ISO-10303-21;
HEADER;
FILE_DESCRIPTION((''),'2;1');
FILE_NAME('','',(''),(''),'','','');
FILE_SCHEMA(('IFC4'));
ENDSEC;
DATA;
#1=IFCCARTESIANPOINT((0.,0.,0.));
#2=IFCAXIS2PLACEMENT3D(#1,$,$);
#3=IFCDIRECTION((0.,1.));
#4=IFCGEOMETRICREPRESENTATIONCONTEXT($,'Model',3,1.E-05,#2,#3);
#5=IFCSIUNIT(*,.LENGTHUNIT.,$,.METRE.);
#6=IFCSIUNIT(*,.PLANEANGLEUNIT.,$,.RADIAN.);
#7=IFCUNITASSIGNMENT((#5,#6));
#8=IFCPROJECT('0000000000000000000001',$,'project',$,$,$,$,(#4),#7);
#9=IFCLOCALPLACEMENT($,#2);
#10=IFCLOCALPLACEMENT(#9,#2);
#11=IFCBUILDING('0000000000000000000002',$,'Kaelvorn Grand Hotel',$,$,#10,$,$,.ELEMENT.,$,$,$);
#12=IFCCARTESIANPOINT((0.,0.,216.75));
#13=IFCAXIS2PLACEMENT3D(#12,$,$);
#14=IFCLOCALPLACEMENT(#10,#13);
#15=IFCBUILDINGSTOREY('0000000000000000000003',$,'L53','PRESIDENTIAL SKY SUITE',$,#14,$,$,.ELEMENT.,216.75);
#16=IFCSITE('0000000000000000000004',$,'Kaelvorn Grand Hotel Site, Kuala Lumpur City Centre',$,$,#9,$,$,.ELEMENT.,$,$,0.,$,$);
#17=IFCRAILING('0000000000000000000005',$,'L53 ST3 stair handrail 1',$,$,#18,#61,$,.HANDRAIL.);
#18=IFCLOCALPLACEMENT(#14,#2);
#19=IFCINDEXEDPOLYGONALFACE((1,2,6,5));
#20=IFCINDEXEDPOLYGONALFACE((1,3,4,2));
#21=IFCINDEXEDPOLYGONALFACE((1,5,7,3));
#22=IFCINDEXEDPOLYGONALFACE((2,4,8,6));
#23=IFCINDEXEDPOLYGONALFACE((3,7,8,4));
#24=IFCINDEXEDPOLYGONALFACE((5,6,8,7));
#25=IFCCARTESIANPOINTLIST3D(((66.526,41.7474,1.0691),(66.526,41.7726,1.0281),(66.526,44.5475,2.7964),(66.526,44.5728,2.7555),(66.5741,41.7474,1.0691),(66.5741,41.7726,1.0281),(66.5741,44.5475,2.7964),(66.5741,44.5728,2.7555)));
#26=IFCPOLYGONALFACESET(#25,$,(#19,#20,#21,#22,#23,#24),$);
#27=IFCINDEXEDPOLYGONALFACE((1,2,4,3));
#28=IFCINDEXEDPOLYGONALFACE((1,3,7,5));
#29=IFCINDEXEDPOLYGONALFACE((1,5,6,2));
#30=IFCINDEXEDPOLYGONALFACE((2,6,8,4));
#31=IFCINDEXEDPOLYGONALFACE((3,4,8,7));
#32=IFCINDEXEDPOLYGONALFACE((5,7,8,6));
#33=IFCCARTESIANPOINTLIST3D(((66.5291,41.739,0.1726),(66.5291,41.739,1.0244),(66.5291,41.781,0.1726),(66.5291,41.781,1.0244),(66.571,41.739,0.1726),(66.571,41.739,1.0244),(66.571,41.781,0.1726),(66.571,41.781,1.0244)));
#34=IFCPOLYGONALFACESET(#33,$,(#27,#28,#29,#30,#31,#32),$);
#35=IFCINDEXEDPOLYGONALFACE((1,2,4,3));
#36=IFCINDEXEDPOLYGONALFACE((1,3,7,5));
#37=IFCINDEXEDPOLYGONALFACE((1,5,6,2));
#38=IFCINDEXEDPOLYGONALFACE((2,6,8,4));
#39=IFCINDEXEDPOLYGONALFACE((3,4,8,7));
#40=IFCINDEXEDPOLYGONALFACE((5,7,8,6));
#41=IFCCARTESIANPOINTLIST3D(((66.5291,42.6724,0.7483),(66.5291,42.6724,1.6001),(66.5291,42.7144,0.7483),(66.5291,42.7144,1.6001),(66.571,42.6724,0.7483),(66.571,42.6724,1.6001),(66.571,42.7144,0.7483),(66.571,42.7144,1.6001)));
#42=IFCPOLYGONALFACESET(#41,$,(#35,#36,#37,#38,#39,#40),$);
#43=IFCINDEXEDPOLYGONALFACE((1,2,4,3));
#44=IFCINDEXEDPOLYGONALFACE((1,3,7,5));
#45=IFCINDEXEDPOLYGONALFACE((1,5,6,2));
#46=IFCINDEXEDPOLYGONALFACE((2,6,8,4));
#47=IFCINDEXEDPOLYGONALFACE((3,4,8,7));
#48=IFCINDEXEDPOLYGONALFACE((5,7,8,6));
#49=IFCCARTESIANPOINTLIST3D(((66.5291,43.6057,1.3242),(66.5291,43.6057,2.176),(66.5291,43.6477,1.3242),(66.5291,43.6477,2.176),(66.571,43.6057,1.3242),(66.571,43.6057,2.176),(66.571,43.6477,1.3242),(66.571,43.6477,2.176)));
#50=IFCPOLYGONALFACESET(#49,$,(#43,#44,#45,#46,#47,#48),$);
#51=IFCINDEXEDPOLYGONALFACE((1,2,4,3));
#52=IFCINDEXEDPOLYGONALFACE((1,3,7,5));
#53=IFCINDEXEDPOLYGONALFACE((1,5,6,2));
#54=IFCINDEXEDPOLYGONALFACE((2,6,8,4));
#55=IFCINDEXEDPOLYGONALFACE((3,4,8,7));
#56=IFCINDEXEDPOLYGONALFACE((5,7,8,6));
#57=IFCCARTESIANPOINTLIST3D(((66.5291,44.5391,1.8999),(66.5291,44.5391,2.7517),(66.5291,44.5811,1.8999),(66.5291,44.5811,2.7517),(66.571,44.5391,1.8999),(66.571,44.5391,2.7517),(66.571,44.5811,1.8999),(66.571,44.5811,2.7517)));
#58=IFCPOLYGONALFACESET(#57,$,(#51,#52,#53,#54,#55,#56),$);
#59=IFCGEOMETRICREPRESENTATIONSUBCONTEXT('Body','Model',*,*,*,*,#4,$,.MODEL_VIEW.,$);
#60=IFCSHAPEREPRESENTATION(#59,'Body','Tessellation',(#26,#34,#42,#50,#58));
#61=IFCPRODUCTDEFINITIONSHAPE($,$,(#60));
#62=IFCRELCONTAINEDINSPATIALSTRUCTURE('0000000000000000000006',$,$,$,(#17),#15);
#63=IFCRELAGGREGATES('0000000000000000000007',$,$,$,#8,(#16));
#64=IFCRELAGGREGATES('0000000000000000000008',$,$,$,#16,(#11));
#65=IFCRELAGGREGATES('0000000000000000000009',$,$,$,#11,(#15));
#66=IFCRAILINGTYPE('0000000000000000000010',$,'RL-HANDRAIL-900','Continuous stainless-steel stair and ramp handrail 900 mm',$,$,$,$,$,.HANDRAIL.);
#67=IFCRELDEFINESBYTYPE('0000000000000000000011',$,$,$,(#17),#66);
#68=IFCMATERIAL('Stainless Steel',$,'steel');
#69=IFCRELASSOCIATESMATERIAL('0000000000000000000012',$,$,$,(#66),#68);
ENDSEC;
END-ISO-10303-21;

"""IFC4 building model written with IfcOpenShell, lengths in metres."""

from ifc_helpers import new_model, si_unit, direction, frame, origin, origin_2d, place, context, subcontext, project, spatial, rectangle, extrude, material, type_object, element, save


model = new_model("IFC4")

# Units and contexts
model_context = context("Model", 3, precision=1e-05, world=origin(), true_north=direction((0.0, 1.0)))
body_context = subcontext(model_context, "Body", "Model", "MODEL_VIEW")
ifc_project = project(units=[si_unit("LENGTHUNIT", "METRE"), si_unit("PLANEANGLEUNIT", "RADIAN")], contexts=[model_context])

# Site, building, storey
site_placement = place(None, origin())
site = spatial("IfcSite", under=ifc_project, at=site_placement, Name="Kaelvorn Grand Hotel Site, Kuala Lumpur City Centre", CompositionType="ELEMENT", RefElevation=0.0)
building_placement = place(site_placement, origin())
building = spatial("IfcBuilding", under=site, at=building_placement, Name="Kaelvorn Grand Hotel", CompositionType="ELEMENT")
storey_placement = place(building_placement, frame((0.0, 0.0, 216.75)))
storey = spatial("IfcBuildingStorey", under=building, at=storey_placement, Name="L53", Description="PRESIDENTIAL SKY SUITE", CompositionType="ELEMENT", Elevation=216.75)

# Railing
ifc_material_1 = material(Name="Stainless Steel", Category="steel")
railing_type = type_object("IfcRailingType", Name="RL-HANDRAIL-900", Description="Continuous stainless-steel stair and ramp handrail 900 mm", PredefinedType="HANDRAIL", material=ifc_material_1)
railing_placement = place(storey_placement, frame((66.55, 41.76, 0.1726)))
element("IfcRailing", 1, at=railing_placement, inside=storey, type_object=railing_type, Name="L53 ST3 stair handrail 1", PredefinedType="HANDRAIL", context=body_context, shape_type="SweptSolid", body=[
    extrude(rectangle(XDim=0.0481, YDim=0.0481, at=origin_2d()), frame((0.0, 0.0, 0.876), z_axis=(0.0, 0.85109, 0.52502), x_axis=(-1.0, 0.0, 0.0)), (0.0, 0.0, 1.0), 3.29),
    extrude(rectangle(XDim=0.042, YDim=0.042, at=origin_2d()), origin(), (0.0, 0.0, 1.0), 0.8518),
    extrude(rectangle(XDim=0.042, YDim=0.042, at=origin_2d()), frame((0.0, 0.9333, 0.5757)), (0.0, 0.0, 1.0), 0.8518),
    extrude(rectangle(XDim=0.042, YDim=0.042, at=origin_2d()), frame((0.0, 1.8667, 1.1516)), (0.0, 0.0, 1.0), 0.8518),
    extrude(rectangle(XDim=0.042, YDim=0.042, at=origin_2d()), frame((0.0, 2.8, 1.7273)), (0.0, 0.0, 1.0), 0.8518),
])

save(model, "model.ifc")
